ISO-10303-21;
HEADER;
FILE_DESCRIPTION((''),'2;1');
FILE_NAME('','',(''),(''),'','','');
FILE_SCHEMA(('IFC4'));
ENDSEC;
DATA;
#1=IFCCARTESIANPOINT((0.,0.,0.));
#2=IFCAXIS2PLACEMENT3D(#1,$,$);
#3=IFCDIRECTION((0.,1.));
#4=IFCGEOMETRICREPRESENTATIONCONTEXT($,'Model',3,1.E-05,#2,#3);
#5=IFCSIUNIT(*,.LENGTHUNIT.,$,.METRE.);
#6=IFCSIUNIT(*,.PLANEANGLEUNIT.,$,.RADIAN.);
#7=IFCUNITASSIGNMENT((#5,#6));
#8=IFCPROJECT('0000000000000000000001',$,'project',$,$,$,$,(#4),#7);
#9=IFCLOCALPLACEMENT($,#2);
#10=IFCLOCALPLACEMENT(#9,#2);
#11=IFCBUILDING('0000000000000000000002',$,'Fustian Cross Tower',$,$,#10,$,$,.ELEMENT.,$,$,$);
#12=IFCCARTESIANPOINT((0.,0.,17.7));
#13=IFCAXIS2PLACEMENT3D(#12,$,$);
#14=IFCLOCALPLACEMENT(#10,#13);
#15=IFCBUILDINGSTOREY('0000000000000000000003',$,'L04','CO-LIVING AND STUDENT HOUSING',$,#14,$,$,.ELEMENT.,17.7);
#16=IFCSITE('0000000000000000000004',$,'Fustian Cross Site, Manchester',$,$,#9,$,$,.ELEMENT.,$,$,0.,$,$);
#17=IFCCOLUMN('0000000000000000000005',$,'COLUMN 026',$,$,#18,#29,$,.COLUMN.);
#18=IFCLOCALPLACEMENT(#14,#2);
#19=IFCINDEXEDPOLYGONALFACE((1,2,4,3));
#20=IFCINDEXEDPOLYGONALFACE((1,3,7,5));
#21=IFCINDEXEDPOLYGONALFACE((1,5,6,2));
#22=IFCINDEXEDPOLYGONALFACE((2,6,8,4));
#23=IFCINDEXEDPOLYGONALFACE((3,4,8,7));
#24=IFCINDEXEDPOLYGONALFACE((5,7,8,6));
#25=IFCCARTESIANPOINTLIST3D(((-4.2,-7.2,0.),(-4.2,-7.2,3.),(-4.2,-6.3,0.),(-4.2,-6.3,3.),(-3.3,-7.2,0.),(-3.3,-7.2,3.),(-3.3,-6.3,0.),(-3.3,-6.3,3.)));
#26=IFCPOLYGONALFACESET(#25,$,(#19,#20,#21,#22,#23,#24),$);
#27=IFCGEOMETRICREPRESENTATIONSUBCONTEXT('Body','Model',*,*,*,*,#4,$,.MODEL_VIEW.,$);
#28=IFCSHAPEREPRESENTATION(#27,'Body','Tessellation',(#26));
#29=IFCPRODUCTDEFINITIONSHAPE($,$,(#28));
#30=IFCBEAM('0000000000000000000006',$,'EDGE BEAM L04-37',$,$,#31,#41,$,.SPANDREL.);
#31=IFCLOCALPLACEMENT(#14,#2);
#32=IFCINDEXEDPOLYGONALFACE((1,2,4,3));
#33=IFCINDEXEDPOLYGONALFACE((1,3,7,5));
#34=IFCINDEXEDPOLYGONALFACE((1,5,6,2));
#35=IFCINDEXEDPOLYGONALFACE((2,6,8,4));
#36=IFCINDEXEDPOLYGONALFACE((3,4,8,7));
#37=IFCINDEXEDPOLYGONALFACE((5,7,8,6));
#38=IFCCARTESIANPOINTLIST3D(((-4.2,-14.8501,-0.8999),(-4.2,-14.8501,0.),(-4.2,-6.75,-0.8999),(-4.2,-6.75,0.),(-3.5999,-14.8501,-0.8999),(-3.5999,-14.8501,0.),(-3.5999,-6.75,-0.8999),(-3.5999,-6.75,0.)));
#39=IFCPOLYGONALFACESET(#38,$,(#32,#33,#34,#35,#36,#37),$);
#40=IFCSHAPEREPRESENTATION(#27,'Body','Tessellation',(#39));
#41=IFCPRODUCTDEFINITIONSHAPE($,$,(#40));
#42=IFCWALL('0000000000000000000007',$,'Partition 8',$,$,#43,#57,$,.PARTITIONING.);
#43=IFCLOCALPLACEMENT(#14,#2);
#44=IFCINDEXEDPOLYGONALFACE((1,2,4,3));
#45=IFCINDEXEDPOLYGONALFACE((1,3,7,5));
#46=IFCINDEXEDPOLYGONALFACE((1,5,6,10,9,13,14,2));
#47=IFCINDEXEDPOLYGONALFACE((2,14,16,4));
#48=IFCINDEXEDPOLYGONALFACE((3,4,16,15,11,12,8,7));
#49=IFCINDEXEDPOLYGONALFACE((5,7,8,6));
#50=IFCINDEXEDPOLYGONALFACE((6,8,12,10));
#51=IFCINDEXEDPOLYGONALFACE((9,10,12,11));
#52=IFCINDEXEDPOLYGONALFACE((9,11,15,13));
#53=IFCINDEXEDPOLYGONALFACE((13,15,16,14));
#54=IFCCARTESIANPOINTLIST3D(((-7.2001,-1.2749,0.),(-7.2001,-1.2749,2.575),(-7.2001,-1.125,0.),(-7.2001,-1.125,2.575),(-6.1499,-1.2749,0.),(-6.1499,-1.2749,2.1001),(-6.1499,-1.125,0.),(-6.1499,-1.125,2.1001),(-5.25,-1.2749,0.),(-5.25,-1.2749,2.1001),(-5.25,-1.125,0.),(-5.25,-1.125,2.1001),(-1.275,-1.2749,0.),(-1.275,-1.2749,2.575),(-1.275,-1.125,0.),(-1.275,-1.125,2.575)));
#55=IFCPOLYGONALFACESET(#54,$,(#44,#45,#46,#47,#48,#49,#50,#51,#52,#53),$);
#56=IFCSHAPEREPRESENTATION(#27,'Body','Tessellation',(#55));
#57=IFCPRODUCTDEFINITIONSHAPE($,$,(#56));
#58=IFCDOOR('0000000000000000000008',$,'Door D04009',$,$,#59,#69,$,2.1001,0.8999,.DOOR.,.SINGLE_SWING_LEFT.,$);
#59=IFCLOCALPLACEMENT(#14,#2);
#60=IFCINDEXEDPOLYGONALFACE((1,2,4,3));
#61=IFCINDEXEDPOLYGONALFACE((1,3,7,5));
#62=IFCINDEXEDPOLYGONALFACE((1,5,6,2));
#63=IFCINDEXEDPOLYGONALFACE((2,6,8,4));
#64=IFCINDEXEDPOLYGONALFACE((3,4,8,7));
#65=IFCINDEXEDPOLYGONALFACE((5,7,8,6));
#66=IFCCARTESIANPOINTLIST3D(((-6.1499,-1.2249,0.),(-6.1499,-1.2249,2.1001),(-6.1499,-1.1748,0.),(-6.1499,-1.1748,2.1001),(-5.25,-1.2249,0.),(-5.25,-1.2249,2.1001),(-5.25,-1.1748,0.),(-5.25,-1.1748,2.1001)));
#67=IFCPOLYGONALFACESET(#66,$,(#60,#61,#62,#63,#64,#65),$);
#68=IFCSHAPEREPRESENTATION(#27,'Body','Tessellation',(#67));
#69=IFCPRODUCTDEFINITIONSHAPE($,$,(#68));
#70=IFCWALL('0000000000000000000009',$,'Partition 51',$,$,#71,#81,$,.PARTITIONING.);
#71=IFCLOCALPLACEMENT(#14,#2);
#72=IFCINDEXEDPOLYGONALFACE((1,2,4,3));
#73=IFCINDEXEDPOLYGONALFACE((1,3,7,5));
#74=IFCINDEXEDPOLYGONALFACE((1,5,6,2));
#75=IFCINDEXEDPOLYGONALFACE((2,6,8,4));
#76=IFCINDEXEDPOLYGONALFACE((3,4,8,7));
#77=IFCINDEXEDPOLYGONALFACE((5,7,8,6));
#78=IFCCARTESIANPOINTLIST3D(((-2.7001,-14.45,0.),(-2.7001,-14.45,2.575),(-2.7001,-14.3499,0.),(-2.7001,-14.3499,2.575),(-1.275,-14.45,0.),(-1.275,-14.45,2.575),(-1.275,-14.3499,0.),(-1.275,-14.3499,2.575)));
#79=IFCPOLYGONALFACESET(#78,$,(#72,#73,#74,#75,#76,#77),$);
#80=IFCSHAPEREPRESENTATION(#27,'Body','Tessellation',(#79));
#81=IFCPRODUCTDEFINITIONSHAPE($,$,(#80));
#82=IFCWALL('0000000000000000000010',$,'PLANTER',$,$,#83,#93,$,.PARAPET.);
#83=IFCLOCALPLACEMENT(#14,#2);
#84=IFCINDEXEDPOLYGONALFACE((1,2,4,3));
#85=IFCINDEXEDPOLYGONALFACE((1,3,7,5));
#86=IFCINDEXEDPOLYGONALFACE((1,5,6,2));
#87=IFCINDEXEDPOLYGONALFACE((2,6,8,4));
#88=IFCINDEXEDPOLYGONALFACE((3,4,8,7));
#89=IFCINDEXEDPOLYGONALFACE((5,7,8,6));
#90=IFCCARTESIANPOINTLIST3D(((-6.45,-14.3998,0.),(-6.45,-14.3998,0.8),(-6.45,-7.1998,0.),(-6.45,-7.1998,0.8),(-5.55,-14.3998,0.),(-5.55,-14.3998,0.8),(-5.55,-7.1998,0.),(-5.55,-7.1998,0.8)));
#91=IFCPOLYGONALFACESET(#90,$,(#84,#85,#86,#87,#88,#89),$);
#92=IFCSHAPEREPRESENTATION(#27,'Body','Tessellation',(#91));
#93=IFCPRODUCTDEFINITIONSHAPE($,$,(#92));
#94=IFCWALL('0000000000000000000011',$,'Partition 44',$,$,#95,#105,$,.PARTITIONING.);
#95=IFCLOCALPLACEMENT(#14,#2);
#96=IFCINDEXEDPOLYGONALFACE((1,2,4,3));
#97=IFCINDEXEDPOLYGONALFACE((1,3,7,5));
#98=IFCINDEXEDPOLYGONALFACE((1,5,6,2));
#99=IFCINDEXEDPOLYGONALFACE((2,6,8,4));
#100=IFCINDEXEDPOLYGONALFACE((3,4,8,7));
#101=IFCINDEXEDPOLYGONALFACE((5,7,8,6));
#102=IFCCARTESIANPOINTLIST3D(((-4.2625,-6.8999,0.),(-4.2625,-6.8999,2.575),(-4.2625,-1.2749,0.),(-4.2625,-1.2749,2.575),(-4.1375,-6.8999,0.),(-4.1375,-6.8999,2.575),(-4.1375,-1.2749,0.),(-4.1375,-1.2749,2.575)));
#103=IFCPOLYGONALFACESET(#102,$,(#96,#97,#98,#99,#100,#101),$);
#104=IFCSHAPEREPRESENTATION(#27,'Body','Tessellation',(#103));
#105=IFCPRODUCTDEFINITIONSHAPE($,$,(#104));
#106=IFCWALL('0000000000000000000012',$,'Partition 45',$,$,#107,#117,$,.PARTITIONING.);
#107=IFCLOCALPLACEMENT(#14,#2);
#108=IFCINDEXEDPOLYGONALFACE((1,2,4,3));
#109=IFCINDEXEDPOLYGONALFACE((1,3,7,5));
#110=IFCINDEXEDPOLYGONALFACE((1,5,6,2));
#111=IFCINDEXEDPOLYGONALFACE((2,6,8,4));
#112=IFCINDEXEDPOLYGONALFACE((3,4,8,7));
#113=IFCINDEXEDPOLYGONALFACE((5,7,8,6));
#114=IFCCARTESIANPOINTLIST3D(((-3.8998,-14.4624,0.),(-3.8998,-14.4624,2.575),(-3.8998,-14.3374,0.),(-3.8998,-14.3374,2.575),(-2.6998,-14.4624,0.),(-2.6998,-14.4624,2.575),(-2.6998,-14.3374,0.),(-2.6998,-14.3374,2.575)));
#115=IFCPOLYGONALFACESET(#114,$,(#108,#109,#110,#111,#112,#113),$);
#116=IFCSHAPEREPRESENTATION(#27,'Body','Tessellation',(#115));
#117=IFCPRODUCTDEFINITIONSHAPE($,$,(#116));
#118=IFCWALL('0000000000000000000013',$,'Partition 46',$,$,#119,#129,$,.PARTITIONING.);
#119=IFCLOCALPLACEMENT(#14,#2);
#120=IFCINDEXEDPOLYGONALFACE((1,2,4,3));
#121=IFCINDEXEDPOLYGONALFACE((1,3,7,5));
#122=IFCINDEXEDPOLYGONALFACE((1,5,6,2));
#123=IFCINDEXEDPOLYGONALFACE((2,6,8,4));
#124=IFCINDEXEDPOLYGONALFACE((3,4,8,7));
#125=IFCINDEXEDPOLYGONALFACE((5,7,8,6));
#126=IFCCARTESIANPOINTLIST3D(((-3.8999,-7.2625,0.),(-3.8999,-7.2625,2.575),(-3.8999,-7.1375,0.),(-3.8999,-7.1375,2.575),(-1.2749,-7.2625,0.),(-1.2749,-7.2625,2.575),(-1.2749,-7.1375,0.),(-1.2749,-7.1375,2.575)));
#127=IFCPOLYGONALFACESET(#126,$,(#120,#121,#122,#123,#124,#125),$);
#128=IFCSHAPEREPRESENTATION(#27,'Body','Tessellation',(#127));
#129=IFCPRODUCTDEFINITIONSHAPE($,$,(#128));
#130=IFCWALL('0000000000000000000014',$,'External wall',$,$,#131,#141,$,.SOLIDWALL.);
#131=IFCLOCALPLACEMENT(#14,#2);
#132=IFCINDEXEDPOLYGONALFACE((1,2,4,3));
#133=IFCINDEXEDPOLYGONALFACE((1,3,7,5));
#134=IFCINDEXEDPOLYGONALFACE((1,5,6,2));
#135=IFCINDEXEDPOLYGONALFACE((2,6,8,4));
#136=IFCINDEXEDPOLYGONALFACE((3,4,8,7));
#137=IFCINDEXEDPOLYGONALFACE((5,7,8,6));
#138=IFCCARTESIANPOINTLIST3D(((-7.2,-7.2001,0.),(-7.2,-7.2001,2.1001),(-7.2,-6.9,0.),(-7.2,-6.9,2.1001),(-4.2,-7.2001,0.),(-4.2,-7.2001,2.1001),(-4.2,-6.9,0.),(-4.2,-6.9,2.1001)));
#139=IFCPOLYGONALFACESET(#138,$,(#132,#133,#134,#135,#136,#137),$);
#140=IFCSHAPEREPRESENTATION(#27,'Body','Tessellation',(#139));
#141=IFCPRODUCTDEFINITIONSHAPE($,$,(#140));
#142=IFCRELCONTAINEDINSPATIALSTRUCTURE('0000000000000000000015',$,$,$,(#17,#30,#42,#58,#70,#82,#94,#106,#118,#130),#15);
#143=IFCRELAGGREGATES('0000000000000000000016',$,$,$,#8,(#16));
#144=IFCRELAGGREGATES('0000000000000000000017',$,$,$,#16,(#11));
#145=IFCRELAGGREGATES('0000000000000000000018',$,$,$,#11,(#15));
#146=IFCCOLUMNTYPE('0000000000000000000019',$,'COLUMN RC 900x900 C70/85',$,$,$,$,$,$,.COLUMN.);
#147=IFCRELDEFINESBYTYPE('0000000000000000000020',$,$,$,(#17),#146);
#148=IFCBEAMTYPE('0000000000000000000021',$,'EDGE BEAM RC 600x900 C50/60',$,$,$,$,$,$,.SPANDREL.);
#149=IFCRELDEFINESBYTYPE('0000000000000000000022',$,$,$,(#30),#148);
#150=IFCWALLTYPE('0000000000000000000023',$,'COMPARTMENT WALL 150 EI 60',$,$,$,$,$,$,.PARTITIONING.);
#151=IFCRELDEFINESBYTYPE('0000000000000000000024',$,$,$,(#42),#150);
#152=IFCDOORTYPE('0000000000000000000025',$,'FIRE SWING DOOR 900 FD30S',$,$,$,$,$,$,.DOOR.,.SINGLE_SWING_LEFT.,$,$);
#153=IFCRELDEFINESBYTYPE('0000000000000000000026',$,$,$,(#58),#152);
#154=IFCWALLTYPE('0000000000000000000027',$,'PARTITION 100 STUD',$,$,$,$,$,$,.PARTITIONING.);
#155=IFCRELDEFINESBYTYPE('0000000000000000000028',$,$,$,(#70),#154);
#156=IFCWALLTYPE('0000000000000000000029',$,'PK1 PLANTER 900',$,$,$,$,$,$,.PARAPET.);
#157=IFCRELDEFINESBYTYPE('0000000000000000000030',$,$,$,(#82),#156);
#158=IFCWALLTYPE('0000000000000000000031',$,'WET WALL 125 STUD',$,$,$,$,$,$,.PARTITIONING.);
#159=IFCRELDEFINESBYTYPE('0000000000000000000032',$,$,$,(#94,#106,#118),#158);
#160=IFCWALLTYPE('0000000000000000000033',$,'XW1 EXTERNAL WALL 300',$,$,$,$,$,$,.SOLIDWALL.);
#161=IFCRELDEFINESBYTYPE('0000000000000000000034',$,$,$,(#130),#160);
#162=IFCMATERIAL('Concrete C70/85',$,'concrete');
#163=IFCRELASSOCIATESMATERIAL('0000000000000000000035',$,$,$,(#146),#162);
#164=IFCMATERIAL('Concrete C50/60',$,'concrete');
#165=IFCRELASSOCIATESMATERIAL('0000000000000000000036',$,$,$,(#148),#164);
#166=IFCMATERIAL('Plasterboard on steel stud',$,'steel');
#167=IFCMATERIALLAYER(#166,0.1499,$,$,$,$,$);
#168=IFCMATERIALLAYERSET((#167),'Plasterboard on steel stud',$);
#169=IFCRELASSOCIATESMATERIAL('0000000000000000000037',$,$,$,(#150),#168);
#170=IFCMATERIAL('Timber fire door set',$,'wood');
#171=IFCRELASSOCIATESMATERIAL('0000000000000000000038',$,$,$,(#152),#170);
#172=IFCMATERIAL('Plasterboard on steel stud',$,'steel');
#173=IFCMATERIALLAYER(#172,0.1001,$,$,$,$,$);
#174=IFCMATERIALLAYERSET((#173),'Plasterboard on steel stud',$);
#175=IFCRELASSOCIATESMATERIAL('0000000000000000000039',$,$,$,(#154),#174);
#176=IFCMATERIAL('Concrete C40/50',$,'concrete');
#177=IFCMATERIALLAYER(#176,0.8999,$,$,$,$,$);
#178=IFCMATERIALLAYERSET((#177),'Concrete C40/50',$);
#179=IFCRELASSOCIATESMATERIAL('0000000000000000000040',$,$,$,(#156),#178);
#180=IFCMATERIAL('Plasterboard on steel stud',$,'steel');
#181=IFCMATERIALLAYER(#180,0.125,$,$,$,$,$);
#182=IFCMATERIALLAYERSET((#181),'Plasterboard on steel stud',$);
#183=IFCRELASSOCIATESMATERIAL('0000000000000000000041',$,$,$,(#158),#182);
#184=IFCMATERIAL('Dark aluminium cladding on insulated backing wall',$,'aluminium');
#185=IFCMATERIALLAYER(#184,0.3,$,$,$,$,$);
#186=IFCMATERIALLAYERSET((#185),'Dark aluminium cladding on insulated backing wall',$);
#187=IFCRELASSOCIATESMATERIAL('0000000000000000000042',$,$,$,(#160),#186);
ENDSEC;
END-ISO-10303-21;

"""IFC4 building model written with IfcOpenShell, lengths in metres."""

from ifc_helpers import new_model, si_unit, direction, frame, frame_2d, origin, origin_2d, place, context, subcontext, project, spatial, rectangle, extrude, material, layer, layer_set, material_profile, profile_set, type_object, element, fill, save


model = new_model("IFC4")

# Units and contexts
model_context = context("Model", 3, precision=1e-05, world=origin(), true_north=direction((0.0, 1.0)))
body_context = subcontext(model_context, "Body", "Model", "MODEL_VIEW")
ifc_project = project(units=[si_unit("LENGTHUNIT", "METRE"), si_unit("PLANEANGLEUNIT", "RADIAN")], contexts=[model_context])

# Site, building, storey
site_placement = place(None, origin())
site = spatial("IfcSite", under=ifc_project, at=site_placement, Name="Fustian Cross Site, Manchester", CompositionType="ELEMENT", RefElevation=0.0)
building_placement = place(site_placement, origin())
building = spatial("IfcBuilding", under=site, at=building_placement, Name="Fustian Cross Tower", CompositionType="ELEMENT")
storey_placement = place(building_placement, frame((0.0, 0.0, 17.7)))
storey = spatial("IfcBuildingStorey", under=building, at=storey_placement, Name="L04", Description="CO-LIVING AND STUDENT HOUSING", CompositionType="ELEMENT", Elevation=17.7)

# Column
ifc_material_1 = material(Name="Concrete C70/85", Category="concrete")
ifc_material_profile_1 = material_profile(ifc_material_1, rectangle(XDim=0.8999, YDim=0.8999, at=origin_2d()), Name="RC 900x900")
ifc_profile_set_1 = profile_set([ifc_material_profile_1], Name="Concrete C70/85")
column_type = type_object("IfcColumnType", Name="COLUMN RC 900x900 C70/85", PredefinedType="COLUMN", material=ifc_profile_set_1)
column_placement = place(storey_placement, frame((-3.75, -6.75, 0.0), z_axis=(0.0, 0.0, 1.0), x_axis=(1.0, 0.0, 0.0)))
element("IfcColumn", 1, at=column_placement, inside=storey, type_object=column_type, Name="COLUMN 026", PredefinedType="COLUMN", context=body_context, shape_type="SweptSolid", body=[
    extrude(rectangle(XDim=0.8999, YDim=0.8999, at=origin_2d()), origin(), (0.0, 0.0, 1.0), 3.0),
])

# Beam
ifc_material_2 = material(Name="Concrete C50/60", Category="concrete")
ifc_material_profile_2 = material_profile(ifc_material_2, rectangle(XDim=0.6001, YDim=0.8999, at=origin_2d()), Name="RC 600x900")
ifc_profile_set_2 = profile_set([ifc_material_profile_2], Name="Concrete C50/60")
beam_type = type_object("IfcBeamType", Name="EDGE BEAM RC 600x900 C50/60", PredefinedType="SPANDREL", material=ifc_profile_set_2)
beam_placement = place(storey_placement, frame((-3.8999, -6.75, -0.45), z_axis=(0.0, -1.0, 0.0), x_axis=(1.0, 0.0, 0.0)))
element("IfcBeam", 2, at=beam_placement, inside=storey, type_object=beam_type, Name="EDGE BEAM L04-37", PredefinedType="SPANDREL", context=body_context, shape_type="SweptSolid", body=[
    extrude(rectangle(XDim=0.6001, YDim=0.8999, at=origin_2d()), origin(), (0.0, 0.0, 1.0), 8.1001),
])

# Wall, opening, door
ifc_material_3 = material(Name="Plasterboard on steel stud", Category="steel")
ifc_layer_1 = layer(ifc_material_3, 0.1499)
ifc_layer_set_1 = layer_set([ifc_layer_1], Name="Plasterboard on steel stud")
wall_type_1 = type_object("IfcWallType", Name="COMPARTMENT WALL 150 EI 60", PredefinedType="PARTITIONING", material=ifc_layer_set_1)
wall_1_placement = place(storey_placement, frame((-7.2, -1.2, 0.0), z_axis=(0.0, 0.0, 1.0), x_axis=(1.0, 0.0, 0.0)))
wall_1 = element("IfcWall", 3, at=wall_1_placement, inside=storey, type_object=wall_type_1, Name="Partition 8", PredefinedType="PARTITIONING", context=body_context, shape_type="SweptSolid", body=[
    extrude(rectangle(XDim=5.925, YDim=0.1499, at=frame_2d((2.9624, 0.0))), origin(), (0.0, 0.0, 1.0), 2.575),
])
opening_1_placement = place(wall_1_placement, frame((1.05, 0.0, 0.0)))
opening_1 = element("IfcOpeningElement", 4, at=opening_1_placement, cuts=wall_1, PredefinedType="OPENING", context=body_context, shape_type="SweptSolid", body=[
    extrude(rectangle(XDim=0.8999, YDim=2.1001, at=frame_2d((0.45, 1.05))), frame((0.0, 0.085, 0.0), z_axis=(0.0, -1.0, 0.0), x_axis=(1.0, 0.0, 0.0)), (0.0, 0.0, 1.0), 0.1699),
])
ifc_material_4 = material(Name="Timber fire door set", Category="wood")
door_type_1 = type_object("IfcDoorType", Name="FIRE SWING DOOR 900 FD30S", OperationType="SINGLE_SWING_LEFT", PredefinedType="DOOR", material=ifc_material_4)
door_1_placement = place(opening_1_placement, frame((0.8999, 0.0, 0.0), z_axis=(0.0, 0.0, 1.0), x_axis=(-1.0, 0.0, 0.0)))
door_1 = element("IfcDoor", 5, at=door_1_placement, inside=storey, type_object=door_type_1, Name="Door D04009", OperationType="SINGLE_SWING_LEFT", OverallHeight=2.1001, OverallWidth=0.8999, PredefinedType="DOOR", context=body_context, shape_type="SweptSolid", body=[
    extrude(rectangle(XDim=0.8999, YDim=2.1001, at=frame_2d((0.45, 1.05))), frame((0.0, 0.0249, 0.0), z_axis=(0.0, -1.0, 0.0), x_axis=(1.0, 0.0, 0.0)), (0.0, 0.0, 1.0), 0.05),
])
fill(opening_1, door_1)

# Walls
ifc_material_5 = material(Name="Plasterboard on steel stud", Category="steel")
ifc_layer_2 = layer(ifc_material_5, 0.1001)
ifc_layer_set_2 = layer_set([ifc_layer_2], Name="Plasterboard on steel stud")
wall_type_2 = type_object("IfcWallType", Name="PARTITION 100 STUD", PredefinedType="PARTITIONING", material=ifc_layer_set_2)
wall_2_placement = place(storey_placement, frame((-2.7, -14.3999, 0.0), z_axis=(0.0, 0.0, 1.0), x_axis=(1.0, 0.0, 0.0)))
element("IfcWall", 6, at=wall_2_placement, inside=storey, type_object=wall_type_2, Name="Partition 51", PredefinedType="PARTITIONING", context=body_context, shape_type="SweptSolid", body=[
    extrude(rectangle(XDim=1.425, YDim=0.1001, at=frame_2d((0.7124, 0.0))), origin(), (0.0, 0.0, 1.0), 2.575),
])
ifc_material_6 = material(Name="Concrete C40/50", Category="concrete")
ifc_layer_3 = layer(ifc_material_6, 0.8999)
ifc_layer_set_3 = layer_set([ifc_layer_3], Name="Concrete C40/50")
wall_type_3 = type_object("IfcWallType", Name="PK1 PLANTER 900", PredefinedType="PARAPET", material=ifc_layer_set_3)
wall_3_placement = place(storey_placement, frame((-6.0, -14.3999, 0.0), z_axis=(0.0, 0.0, 1.0), x_axis=(0.0, 1.0, 0.0)))
element("IfcWall", 7, at=wall_3_placement, inside=storey, type_object=wall_type_3, Name="PLANTER", PredefinedType="PARAPET", context=body_context, shape_type="SweptSolid", body=[
    extrude(rectangle(XDim=7.2, YDim=0.8999, at=frame_2d((3.6001, 0.0))), origin(), (0.0, 0.0, 1.0), 0.8),
])
ifc_material_7 = material(Name="Plasterboard on steel stud", Category="steel")
ifc_layer_4 = layer(ifc_material_7, 0.125)
ifc_layer_set_4 = layer_set([ifc_layer_4], Name="Plasterboard on steel stud")
wall_type_4 = type_object("IfcWallType", Name="WET WALL 125 STUD", PredefinedType="PARTITIONING", material=ifc_layer_set_4)
wall_4_placement = place(storey_placement, frame((-4.2, -6.8999, 0.0), z_axis=(0.0, 0.0, 1.0), x_axis=(0.0, 1.0, 0.0)))
element("IfcWall", 8, at=wall_4_placement, inside=storey, type_object=wall_type_4, Name="Partition 44", PredefinedType="PARTITIONING", context=body_context, shape_type="SweptSolid", body=[
    extrude(rectangle(XDim=5.625, YDim=0.125, at=frame_2d((2.8125, 0.0))), origin(), (0.0, 0.0, 1.0), 2.575),
])
wall_5_placement = place(storey_placement, frame((-3.8999, -14.3999, 0.0), z_axis=(0.0, 0.0, 1.0), x_axis=(1.0, 0.0, 0.0)))
element("IfcWall", 9, at=wall_5_placement, inside=storey, type_object=wall_type_4, Name="Partition 45", PredefinedType="PARTITIONING", context=body_context, shape_type="SweptSolid", body=[
    extrude(rectangle(XDim=1.2, YDim=0.125, at=frame_2d((0.6001, 0.0))), origin(), (0.0, 0.0, 1.0), 2.575),
])
wall_6_placement = place(storey_placement, frame((-3.8999, -7.2, 0.0), z_axis=(0.0, 0.0, 1.0), x_axis=(1.0, 0.0, 0.0)))
element("IfcWall", 10, at=wall_6_placement, inside=storey, type_object=wall_type_4, Name="Partition 46", PredefinedType="PARTITIONING", context=body_context, shape_type="SweptSolid", body=[
    extrude(rectangle(XDim=2.625, YDim=0.125, at=frame_2d((1.3125, 0.0))), origin(), (0.0, 0.0, 1.0), 2.575),
])
ifc_material_8 = material(Name="Dark aluminium cladding on insulated backing wall", Category="aluminium")
ifc_layer_5 = layer(ifc_material_8, 0.3)
ifc_layer_set_5 = layer_set([ifc_layer_5], Name="Dark aluminium cladding on insulated backing wall")
wall_type_5 = type_object("IfcWallType", Name="XW1 EXTERNAL WALL 300", PredefinedType="SOLIDWALL", material=ifc_layer_set_5)
wall_7_placement = place(storey_placement, frame((-7.2, -7.05, 0.0), z_axis=(0.0, 0.0, 1.0), x_axis=(1.0, 0.0, 0.0)))
element("IfcWall", 11, at=wall_7_placement, inside=storey, type_object=wall_type_5, Name="External wall", PredefinedType="SOLIDWALL", context=body_context, shape_type="SweptSolid", body=[
    extrude(rectangle(XDim=3.0, YDim=0.3, at=frame_2d((1.5, 0.0))), origin(), (0.0, 0.0, 1.0), 2.1001),
])

save(model, "model.ifc")
